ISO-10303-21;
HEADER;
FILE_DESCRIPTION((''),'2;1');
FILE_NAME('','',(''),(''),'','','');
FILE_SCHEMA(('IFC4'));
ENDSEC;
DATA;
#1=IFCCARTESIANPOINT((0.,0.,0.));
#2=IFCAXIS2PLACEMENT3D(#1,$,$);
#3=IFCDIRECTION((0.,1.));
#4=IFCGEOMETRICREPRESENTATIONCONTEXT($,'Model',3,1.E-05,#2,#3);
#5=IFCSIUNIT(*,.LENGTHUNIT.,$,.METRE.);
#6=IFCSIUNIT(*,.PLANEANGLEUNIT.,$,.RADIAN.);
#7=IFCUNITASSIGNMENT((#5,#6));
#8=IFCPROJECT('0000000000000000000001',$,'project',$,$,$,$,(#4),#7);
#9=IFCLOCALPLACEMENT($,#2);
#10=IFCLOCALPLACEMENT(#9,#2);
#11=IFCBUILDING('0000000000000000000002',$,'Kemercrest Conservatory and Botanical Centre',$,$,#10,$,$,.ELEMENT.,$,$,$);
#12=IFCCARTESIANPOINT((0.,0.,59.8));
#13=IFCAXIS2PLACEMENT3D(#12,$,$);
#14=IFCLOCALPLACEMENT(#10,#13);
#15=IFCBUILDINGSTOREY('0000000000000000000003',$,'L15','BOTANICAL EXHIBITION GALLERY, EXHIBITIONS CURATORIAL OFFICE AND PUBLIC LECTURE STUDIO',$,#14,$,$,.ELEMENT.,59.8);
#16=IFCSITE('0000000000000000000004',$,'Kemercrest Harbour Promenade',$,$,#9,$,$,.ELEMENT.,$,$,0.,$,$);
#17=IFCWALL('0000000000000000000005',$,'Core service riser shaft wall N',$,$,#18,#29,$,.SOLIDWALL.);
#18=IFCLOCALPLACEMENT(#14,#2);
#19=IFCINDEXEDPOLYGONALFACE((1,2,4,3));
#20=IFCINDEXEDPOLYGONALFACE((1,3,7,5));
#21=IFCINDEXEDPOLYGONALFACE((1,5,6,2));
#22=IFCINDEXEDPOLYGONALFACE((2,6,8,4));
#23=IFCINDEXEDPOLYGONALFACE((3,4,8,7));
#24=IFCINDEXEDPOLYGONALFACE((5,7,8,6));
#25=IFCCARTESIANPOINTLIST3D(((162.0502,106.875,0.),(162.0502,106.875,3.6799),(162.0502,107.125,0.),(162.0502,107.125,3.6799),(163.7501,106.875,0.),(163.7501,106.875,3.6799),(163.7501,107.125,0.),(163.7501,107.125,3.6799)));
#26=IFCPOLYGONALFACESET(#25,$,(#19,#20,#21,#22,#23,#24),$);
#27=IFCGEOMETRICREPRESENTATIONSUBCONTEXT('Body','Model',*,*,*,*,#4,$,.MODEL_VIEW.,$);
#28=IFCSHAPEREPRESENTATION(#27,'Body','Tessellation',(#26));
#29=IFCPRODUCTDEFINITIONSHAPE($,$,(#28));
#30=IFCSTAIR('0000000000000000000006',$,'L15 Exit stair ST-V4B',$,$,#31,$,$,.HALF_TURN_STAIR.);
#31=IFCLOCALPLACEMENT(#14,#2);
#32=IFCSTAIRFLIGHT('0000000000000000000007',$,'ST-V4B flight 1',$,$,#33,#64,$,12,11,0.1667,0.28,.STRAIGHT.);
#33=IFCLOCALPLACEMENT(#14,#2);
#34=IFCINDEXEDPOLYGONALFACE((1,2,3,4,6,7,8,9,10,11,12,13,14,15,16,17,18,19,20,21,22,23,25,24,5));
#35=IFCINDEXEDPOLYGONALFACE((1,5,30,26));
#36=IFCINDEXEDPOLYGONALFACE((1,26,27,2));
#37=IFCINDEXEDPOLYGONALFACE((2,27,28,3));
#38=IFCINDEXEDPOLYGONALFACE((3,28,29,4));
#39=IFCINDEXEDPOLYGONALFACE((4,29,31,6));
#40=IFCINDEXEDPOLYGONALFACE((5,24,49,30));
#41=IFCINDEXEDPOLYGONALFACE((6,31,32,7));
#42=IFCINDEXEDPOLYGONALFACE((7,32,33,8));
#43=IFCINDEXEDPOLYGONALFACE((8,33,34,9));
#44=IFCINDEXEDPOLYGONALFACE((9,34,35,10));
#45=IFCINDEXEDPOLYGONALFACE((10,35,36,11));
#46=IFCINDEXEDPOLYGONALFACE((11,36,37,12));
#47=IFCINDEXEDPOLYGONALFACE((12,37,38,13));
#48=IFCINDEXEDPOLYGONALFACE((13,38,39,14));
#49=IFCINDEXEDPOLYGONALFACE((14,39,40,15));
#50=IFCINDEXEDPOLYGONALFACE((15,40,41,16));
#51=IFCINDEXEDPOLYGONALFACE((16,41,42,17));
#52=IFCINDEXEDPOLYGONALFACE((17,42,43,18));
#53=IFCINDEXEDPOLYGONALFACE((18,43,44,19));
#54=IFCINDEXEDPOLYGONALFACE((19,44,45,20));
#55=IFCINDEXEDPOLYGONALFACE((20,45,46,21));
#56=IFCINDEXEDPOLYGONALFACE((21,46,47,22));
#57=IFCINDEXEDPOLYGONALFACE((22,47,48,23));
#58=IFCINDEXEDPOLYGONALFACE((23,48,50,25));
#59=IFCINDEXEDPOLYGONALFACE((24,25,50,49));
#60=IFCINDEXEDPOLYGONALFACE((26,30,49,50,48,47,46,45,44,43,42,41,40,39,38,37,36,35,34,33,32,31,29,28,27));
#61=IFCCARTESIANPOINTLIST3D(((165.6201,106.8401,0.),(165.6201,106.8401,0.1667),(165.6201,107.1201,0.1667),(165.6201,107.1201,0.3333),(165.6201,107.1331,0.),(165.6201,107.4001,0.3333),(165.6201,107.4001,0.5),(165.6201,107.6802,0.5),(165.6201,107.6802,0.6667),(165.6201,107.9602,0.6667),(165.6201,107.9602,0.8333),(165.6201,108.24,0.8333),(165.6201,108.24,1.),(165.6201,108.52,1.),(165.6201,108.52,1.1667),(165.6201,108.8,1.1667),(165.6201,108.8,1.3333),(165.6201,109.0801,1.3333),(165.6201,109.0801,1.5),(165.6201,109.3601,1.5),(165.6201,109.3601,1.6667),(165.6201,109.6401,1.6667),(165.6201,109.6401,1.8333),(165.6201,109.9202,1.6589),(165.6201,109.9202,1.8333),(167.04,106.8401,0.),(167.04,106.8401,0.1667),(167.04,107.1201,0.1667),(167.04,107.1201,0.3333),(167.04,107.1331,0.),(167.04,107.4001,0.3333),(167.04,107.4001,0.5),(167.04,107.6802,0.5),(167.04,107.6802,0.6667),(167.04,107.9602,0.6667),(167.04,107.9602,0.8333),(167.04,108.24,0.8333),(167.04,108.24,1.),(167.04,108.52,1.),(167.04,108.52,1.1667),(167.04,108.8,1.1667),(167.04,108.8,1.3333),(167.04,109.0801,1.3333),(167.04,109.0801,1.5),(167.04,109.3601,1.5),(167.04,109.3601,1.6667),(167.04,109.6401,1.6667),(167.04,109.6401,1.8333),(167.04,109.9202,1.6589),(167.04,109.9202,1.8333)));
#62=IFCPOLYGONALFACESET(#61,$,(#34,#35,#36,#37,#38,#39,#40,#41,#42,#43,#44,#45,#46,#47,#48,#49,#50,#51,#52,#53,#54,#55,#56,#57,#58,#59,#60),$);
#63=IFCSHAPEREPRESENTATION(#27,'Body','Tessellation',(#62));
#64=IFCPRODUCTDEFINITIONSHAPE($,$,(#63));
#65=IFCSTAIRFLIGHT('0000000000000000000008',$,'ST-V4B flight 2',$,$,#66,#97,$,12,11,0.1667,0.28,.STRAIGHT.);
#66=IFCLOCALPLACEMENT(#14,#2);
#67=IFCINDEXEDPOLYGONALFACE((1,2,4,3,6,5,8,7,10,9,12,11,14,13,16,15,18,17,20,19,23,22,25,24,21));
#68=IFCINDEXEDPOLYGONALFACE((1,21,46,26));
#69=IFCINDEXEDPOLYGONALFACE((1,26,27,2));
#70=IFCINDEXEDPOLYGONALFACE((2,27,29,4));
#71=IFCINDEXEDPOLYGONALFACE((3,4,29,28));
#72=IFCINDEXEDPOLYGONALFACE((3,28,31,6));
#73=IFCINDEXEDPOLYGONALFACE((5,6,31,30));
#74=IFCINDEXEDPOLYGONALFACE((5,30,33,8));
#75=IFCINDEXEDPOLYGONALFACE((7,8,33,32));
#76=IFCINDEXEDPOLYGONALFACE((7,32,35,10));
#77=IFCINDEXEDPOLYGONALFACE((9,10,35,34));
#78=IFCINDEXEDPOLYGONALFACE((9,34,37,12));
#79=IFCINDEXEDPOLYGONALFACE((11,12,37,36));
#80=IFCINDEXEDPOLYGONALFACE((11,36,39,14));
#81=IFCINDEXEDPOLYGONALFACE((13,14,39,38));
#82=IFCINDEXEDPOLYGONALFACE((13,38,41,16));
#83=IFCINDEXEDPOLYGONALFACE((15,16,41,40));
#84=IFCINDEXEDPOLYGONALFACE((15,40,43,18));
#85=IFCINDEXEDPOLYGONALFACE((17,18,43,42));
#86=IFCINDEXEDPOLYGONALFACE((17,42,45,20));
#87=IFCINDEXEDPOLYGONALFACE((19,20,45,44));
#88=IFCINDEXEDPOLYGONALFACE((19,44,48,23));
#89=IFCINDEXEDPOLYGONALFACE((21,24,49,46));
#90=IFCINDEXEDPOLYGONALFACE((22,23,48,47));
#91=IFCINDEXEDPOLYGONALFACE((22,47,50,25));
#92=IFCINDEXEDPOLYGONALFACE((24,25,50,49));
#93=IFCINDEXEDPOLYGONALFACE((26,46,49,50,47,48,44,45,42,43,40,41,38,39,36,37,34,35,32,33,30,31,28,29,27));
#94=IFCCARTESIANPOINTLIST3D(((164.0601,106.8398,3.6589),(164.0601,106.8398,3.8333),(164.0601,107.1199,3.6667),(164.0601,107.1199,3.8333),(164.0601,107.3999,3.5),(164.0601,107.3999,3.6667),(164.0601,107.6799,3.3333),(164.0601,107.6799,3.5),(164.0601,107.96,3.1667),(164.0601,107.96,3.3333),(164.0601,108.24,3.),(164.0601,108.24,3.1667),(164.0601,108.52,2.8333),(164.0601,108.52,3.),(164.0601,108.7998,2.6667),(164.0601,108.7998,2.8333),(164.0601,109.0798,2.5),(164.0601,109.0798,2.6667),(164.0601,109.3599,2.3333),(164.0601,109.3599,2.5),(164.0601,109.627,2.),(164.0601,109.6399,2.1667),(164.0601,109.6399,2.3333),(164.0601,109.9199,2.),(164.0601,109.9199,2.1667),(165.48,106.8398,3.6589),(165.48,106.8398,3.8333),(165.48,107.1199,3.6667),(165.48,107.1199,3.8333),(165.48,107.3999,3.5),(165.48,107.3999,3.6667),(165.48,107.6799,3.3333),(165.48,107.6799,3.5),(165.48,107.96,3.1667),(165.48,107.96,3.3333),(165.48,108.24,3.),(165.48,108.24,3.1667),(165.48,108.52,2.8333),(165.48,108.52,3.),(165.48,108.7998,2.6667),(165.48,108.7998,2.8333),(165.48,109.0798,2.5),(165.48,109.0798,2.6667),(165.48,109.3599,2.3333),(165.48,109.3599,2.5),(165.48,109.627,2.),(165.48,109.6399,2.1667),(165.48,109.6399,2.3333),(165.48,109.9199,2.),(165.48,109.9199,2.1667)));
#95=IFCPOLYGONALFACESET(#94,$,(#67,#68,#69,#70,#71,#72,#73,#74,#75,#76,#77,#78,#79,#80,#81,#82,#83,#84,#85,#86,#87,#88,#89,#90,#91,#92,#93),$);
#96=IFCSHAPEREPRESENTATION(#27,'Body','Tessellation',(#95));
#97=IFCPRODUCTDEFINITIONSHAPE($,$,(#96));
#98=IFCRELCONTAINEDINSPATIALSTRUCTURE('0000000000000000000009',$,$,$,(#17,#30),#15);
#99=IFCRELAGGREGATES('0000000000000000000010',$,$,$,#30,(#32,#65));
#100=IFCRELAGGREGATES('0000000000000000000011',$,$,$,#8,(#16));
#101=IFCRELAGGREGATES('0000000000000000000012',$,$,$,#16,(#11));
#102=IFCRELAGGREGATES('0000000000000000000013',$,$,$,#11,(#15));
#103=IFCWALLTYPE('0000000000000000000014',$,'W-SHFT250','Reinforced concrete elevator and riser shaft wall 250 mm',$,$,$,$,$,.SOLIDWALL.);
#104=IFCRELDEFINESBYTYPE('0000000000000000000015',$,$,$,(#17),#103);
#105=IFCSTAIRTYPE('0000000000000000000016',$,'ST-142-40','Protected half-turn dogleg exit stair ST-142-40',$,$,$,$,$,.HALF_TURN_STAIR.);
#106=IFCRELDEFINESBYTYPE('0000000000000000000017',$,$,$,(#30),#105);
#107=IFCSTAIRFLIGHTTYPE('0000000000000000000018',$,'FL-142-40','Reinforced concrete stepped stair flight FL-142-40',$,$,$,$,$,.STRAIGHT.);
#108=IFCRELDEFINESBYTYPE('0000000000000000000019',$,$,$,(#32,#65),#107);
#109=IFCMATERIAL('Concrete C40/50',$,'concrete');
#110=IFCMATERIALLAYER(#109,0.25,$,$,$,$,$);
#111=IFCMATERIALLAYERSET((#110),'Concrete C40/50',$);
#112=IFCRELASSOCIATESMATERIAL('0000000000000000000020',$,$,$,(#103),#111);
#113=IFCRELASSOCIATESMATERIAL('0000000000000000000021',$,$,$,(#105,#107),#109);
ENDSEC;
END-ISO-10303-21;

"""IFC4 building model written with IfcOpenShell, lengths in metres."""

from ifc_helpers import new_model, si_unit, direction, frame, frame_2d, origin, place, context, subcontext, project, spatial, polyline, rectangle, outline, extrude, material, layer, layer_set, type_object, element, aggregate, save


model = new_model("IFC4")

# Units and contexts
model_context = context("Model", 3, precision=1e-05, world=origin(), true_north=direction((0.0, 1.0)))
body_context = subcontext(model_context, "Body", "Model", "MODEL_VIEW")
ifc_project = project(units=[si_unit("LENGTHUNIT", "METRE"), si_unit("PLANEANGLEUNIT", "RADIAN")], contexts=[model_context])

# Site, building, storey
site_placement = place(None, origin())
site = spatial("IfcSite", under=ifc_project, at=site_placement, Name="Kemercrest Harbour Promenade", CompositionType="ELEMENT", RefElevation=0.0)
building_placement = place(site_placement, origin())
building = spatial("IfcBuilding", under=site, at=building_placement, Name="Kemercrest Conservatory and Botanical Centre", CompositionType="ELEMENT")
storey_placement = place(building_placement, frame((0.0, 0.0, 59.8)))
storey = spatial("IfcBuildingStorey", under=building, at=storey_placement, Name="L15", Description="BOTANICAL EXHIBITION GALLERY, EXHIBITIONS CURATORIAL OFFICE AND PUBLIC LECTURE STUDIO", CompositionType="ELEMENT", Elevation=59.8)

# Shared definitions
ifc_material_1 = material(Name="Concrete C40/50", Category="concrete")

# Shared definitions
ifc_layer_1 = layer(ifc_material_1, 0.25)
ifc_layer_set_1 = layer_set([ifc_layer_1], Name="Concrete C40/50")
wall_type_1 = type_object("IfcWallType", Name="W-SHFT250", Description="Reinforced concrete elevator and riser shaft wall 250 mm", PredefinedType="SOLIDWALL", material=ifc_layer_set_1)

# Wall
wall_1_placement = place(storey_placement, frame((162.05, 107.0, 0.0), z_axis=(0.0, 0.0, 1.0), x_axis=(1.0, 0.0, 0.0)))
element("IfcWall", 1, at=wall_1_placement, inside=storey, type_object=wall_type_1, Name="Core service riser shaft wall N", PredefinedType="SOLIDWALL", context=body_context, shape_type="SweptSolid", body=[
    extrude(rectangle(XDim=1.7, YDim=0.25, at=frame_2d((0.8501, 0.0))), origin(), (0.0, 0.0, 1.0), 3.6799),
])

# Stair, stair flights
stair_type = type_object("IfcStairType", Name="ST-142-40", Description="Protected half-turn dogleg exit stair ST-142-40", PredefinedType="HALF_TURN_STAIR", material=ifc_material_1)
stair_placement = place(storey_placement, origin())
stair = element("IfcStair", 2, at=stair_placement, inside=storey, type_object=stair_type, Name="L15 Exit stair ST-V4B", PredefinedType="HALF_TURN_STAIR")
stair_flight_type = type_object("IfcStairFlightType", Name="FL-142-40", Description="Reinforced concrete stepped stair flight FL-142-40", PredefinedType="STRAIGHT", material=ifc_material_1)
stair_flight_1_placement = place(storey_placement, frame((166.3301, 106.8401, 0.0), z_axis=(0.0, 0.0, 1.0), x_axis=(0.0, 1.0, 0.0)))
stair_flight_1 = element("IfcStairFlight", 3, at=stair_flight_1_placement, type_object=stair_flight_type, Name="ST-V4B flight 1", NumberOfRisers=12, NumberOfTreads=11, PredefinedType="STRAIGHT", RiserHeight=0.1667, TreadLength=0.28, context=body_context, shape_type="SweptSolid", body=[
    extrude(outline(polyline([(0.0, 0.0), (0.0, 0.1667), (0.28, 0.1667), (0.28, 0.3333), (0.5601, 0.3333), (0.5601, 0.5), (0.8401, 0.5), (0.8401, 0.6667), (1.1201, 0.6667), (1.1201, 0.8333), (1.3999, 0.8333), (1.3999, 1.0), (1.6799, 1.0), (1.6799, 1.1667), (1.96, 1.1667), (1.96, 1.3333), (2.24, 1.3333), (2.24, 1.5), (2.52, 1.5), (2.52, 1.6667), (2.8, 1.6667), (2.8, 1.8333), (3.0801, 1.8333), (3.0801, 2.0), (3.0801, 1.6589), (0.293, 0.0), (0.0, 0.0)])), frame((0.0, 0.71, 0.0), z_axis=(0.0, -1.0, 0.0), x_axis=(1.0, 0.0, 0.0)), (0.0, 0.0, 1.0), 1.4199),
])
stair_flight_2_placement = place(storey_placement, frame((164.77, 109.9199, 2.0), z_axis=(0.0, 0.0, 1.0), x_axis=(0.0, -1.0, 0.0)))
stair_flight_2 = element("IfcStairFlight", 4, at=stair_flight_2_placement, type_object=stair_flight_type, Name="ST-V4B flight 2", NumberOfRisers=12, NumberOfTreads=11, PredefinedType="STRAIGHT", RiserHeight=0.1667, TreadLength=0.28, context=body_context, shape_type="SweptSolid", body=[
    extrude(outline(polyline([(0.0, 0.0), (0.0, 0.1667), (0.28, 0.1667), (0.28, 0.3333), (0.5601, 0.3333), (0.5601, 0.5), (0.8401, 0.5), (0.8401, 0.6667), (1.1201, 0.6667), (1.1201, 0.8333), (1.3999, 0.8333), (1.3999, 1.0), (1.6799, 1.0), (1.6799, 1.1667), (1.96, 1.1667), (1.96, 1.3333), (2.24, 1.3333), (2.24, 1.5), (2.52, 1.5), (2.52, 1.6667), (2.8, 1.6667), (2.8, 1.8333), (3.0801, 1.8333), (3.0801, 2.0), (3.0801, 1.6589), (0.293, 0.0), (0.0, 0.0)])), frame((0.0, 0.71, 0.0), z_axis=(0.0, -1.0, 0.0), x_axis=(1.0, 0.0, 0.0)), (0.0, 0.0, 1.0), 1.4199),
])
aggregate(stair, [stair_flight_1, stair_flight_2])

save(model, "model.ifc")
